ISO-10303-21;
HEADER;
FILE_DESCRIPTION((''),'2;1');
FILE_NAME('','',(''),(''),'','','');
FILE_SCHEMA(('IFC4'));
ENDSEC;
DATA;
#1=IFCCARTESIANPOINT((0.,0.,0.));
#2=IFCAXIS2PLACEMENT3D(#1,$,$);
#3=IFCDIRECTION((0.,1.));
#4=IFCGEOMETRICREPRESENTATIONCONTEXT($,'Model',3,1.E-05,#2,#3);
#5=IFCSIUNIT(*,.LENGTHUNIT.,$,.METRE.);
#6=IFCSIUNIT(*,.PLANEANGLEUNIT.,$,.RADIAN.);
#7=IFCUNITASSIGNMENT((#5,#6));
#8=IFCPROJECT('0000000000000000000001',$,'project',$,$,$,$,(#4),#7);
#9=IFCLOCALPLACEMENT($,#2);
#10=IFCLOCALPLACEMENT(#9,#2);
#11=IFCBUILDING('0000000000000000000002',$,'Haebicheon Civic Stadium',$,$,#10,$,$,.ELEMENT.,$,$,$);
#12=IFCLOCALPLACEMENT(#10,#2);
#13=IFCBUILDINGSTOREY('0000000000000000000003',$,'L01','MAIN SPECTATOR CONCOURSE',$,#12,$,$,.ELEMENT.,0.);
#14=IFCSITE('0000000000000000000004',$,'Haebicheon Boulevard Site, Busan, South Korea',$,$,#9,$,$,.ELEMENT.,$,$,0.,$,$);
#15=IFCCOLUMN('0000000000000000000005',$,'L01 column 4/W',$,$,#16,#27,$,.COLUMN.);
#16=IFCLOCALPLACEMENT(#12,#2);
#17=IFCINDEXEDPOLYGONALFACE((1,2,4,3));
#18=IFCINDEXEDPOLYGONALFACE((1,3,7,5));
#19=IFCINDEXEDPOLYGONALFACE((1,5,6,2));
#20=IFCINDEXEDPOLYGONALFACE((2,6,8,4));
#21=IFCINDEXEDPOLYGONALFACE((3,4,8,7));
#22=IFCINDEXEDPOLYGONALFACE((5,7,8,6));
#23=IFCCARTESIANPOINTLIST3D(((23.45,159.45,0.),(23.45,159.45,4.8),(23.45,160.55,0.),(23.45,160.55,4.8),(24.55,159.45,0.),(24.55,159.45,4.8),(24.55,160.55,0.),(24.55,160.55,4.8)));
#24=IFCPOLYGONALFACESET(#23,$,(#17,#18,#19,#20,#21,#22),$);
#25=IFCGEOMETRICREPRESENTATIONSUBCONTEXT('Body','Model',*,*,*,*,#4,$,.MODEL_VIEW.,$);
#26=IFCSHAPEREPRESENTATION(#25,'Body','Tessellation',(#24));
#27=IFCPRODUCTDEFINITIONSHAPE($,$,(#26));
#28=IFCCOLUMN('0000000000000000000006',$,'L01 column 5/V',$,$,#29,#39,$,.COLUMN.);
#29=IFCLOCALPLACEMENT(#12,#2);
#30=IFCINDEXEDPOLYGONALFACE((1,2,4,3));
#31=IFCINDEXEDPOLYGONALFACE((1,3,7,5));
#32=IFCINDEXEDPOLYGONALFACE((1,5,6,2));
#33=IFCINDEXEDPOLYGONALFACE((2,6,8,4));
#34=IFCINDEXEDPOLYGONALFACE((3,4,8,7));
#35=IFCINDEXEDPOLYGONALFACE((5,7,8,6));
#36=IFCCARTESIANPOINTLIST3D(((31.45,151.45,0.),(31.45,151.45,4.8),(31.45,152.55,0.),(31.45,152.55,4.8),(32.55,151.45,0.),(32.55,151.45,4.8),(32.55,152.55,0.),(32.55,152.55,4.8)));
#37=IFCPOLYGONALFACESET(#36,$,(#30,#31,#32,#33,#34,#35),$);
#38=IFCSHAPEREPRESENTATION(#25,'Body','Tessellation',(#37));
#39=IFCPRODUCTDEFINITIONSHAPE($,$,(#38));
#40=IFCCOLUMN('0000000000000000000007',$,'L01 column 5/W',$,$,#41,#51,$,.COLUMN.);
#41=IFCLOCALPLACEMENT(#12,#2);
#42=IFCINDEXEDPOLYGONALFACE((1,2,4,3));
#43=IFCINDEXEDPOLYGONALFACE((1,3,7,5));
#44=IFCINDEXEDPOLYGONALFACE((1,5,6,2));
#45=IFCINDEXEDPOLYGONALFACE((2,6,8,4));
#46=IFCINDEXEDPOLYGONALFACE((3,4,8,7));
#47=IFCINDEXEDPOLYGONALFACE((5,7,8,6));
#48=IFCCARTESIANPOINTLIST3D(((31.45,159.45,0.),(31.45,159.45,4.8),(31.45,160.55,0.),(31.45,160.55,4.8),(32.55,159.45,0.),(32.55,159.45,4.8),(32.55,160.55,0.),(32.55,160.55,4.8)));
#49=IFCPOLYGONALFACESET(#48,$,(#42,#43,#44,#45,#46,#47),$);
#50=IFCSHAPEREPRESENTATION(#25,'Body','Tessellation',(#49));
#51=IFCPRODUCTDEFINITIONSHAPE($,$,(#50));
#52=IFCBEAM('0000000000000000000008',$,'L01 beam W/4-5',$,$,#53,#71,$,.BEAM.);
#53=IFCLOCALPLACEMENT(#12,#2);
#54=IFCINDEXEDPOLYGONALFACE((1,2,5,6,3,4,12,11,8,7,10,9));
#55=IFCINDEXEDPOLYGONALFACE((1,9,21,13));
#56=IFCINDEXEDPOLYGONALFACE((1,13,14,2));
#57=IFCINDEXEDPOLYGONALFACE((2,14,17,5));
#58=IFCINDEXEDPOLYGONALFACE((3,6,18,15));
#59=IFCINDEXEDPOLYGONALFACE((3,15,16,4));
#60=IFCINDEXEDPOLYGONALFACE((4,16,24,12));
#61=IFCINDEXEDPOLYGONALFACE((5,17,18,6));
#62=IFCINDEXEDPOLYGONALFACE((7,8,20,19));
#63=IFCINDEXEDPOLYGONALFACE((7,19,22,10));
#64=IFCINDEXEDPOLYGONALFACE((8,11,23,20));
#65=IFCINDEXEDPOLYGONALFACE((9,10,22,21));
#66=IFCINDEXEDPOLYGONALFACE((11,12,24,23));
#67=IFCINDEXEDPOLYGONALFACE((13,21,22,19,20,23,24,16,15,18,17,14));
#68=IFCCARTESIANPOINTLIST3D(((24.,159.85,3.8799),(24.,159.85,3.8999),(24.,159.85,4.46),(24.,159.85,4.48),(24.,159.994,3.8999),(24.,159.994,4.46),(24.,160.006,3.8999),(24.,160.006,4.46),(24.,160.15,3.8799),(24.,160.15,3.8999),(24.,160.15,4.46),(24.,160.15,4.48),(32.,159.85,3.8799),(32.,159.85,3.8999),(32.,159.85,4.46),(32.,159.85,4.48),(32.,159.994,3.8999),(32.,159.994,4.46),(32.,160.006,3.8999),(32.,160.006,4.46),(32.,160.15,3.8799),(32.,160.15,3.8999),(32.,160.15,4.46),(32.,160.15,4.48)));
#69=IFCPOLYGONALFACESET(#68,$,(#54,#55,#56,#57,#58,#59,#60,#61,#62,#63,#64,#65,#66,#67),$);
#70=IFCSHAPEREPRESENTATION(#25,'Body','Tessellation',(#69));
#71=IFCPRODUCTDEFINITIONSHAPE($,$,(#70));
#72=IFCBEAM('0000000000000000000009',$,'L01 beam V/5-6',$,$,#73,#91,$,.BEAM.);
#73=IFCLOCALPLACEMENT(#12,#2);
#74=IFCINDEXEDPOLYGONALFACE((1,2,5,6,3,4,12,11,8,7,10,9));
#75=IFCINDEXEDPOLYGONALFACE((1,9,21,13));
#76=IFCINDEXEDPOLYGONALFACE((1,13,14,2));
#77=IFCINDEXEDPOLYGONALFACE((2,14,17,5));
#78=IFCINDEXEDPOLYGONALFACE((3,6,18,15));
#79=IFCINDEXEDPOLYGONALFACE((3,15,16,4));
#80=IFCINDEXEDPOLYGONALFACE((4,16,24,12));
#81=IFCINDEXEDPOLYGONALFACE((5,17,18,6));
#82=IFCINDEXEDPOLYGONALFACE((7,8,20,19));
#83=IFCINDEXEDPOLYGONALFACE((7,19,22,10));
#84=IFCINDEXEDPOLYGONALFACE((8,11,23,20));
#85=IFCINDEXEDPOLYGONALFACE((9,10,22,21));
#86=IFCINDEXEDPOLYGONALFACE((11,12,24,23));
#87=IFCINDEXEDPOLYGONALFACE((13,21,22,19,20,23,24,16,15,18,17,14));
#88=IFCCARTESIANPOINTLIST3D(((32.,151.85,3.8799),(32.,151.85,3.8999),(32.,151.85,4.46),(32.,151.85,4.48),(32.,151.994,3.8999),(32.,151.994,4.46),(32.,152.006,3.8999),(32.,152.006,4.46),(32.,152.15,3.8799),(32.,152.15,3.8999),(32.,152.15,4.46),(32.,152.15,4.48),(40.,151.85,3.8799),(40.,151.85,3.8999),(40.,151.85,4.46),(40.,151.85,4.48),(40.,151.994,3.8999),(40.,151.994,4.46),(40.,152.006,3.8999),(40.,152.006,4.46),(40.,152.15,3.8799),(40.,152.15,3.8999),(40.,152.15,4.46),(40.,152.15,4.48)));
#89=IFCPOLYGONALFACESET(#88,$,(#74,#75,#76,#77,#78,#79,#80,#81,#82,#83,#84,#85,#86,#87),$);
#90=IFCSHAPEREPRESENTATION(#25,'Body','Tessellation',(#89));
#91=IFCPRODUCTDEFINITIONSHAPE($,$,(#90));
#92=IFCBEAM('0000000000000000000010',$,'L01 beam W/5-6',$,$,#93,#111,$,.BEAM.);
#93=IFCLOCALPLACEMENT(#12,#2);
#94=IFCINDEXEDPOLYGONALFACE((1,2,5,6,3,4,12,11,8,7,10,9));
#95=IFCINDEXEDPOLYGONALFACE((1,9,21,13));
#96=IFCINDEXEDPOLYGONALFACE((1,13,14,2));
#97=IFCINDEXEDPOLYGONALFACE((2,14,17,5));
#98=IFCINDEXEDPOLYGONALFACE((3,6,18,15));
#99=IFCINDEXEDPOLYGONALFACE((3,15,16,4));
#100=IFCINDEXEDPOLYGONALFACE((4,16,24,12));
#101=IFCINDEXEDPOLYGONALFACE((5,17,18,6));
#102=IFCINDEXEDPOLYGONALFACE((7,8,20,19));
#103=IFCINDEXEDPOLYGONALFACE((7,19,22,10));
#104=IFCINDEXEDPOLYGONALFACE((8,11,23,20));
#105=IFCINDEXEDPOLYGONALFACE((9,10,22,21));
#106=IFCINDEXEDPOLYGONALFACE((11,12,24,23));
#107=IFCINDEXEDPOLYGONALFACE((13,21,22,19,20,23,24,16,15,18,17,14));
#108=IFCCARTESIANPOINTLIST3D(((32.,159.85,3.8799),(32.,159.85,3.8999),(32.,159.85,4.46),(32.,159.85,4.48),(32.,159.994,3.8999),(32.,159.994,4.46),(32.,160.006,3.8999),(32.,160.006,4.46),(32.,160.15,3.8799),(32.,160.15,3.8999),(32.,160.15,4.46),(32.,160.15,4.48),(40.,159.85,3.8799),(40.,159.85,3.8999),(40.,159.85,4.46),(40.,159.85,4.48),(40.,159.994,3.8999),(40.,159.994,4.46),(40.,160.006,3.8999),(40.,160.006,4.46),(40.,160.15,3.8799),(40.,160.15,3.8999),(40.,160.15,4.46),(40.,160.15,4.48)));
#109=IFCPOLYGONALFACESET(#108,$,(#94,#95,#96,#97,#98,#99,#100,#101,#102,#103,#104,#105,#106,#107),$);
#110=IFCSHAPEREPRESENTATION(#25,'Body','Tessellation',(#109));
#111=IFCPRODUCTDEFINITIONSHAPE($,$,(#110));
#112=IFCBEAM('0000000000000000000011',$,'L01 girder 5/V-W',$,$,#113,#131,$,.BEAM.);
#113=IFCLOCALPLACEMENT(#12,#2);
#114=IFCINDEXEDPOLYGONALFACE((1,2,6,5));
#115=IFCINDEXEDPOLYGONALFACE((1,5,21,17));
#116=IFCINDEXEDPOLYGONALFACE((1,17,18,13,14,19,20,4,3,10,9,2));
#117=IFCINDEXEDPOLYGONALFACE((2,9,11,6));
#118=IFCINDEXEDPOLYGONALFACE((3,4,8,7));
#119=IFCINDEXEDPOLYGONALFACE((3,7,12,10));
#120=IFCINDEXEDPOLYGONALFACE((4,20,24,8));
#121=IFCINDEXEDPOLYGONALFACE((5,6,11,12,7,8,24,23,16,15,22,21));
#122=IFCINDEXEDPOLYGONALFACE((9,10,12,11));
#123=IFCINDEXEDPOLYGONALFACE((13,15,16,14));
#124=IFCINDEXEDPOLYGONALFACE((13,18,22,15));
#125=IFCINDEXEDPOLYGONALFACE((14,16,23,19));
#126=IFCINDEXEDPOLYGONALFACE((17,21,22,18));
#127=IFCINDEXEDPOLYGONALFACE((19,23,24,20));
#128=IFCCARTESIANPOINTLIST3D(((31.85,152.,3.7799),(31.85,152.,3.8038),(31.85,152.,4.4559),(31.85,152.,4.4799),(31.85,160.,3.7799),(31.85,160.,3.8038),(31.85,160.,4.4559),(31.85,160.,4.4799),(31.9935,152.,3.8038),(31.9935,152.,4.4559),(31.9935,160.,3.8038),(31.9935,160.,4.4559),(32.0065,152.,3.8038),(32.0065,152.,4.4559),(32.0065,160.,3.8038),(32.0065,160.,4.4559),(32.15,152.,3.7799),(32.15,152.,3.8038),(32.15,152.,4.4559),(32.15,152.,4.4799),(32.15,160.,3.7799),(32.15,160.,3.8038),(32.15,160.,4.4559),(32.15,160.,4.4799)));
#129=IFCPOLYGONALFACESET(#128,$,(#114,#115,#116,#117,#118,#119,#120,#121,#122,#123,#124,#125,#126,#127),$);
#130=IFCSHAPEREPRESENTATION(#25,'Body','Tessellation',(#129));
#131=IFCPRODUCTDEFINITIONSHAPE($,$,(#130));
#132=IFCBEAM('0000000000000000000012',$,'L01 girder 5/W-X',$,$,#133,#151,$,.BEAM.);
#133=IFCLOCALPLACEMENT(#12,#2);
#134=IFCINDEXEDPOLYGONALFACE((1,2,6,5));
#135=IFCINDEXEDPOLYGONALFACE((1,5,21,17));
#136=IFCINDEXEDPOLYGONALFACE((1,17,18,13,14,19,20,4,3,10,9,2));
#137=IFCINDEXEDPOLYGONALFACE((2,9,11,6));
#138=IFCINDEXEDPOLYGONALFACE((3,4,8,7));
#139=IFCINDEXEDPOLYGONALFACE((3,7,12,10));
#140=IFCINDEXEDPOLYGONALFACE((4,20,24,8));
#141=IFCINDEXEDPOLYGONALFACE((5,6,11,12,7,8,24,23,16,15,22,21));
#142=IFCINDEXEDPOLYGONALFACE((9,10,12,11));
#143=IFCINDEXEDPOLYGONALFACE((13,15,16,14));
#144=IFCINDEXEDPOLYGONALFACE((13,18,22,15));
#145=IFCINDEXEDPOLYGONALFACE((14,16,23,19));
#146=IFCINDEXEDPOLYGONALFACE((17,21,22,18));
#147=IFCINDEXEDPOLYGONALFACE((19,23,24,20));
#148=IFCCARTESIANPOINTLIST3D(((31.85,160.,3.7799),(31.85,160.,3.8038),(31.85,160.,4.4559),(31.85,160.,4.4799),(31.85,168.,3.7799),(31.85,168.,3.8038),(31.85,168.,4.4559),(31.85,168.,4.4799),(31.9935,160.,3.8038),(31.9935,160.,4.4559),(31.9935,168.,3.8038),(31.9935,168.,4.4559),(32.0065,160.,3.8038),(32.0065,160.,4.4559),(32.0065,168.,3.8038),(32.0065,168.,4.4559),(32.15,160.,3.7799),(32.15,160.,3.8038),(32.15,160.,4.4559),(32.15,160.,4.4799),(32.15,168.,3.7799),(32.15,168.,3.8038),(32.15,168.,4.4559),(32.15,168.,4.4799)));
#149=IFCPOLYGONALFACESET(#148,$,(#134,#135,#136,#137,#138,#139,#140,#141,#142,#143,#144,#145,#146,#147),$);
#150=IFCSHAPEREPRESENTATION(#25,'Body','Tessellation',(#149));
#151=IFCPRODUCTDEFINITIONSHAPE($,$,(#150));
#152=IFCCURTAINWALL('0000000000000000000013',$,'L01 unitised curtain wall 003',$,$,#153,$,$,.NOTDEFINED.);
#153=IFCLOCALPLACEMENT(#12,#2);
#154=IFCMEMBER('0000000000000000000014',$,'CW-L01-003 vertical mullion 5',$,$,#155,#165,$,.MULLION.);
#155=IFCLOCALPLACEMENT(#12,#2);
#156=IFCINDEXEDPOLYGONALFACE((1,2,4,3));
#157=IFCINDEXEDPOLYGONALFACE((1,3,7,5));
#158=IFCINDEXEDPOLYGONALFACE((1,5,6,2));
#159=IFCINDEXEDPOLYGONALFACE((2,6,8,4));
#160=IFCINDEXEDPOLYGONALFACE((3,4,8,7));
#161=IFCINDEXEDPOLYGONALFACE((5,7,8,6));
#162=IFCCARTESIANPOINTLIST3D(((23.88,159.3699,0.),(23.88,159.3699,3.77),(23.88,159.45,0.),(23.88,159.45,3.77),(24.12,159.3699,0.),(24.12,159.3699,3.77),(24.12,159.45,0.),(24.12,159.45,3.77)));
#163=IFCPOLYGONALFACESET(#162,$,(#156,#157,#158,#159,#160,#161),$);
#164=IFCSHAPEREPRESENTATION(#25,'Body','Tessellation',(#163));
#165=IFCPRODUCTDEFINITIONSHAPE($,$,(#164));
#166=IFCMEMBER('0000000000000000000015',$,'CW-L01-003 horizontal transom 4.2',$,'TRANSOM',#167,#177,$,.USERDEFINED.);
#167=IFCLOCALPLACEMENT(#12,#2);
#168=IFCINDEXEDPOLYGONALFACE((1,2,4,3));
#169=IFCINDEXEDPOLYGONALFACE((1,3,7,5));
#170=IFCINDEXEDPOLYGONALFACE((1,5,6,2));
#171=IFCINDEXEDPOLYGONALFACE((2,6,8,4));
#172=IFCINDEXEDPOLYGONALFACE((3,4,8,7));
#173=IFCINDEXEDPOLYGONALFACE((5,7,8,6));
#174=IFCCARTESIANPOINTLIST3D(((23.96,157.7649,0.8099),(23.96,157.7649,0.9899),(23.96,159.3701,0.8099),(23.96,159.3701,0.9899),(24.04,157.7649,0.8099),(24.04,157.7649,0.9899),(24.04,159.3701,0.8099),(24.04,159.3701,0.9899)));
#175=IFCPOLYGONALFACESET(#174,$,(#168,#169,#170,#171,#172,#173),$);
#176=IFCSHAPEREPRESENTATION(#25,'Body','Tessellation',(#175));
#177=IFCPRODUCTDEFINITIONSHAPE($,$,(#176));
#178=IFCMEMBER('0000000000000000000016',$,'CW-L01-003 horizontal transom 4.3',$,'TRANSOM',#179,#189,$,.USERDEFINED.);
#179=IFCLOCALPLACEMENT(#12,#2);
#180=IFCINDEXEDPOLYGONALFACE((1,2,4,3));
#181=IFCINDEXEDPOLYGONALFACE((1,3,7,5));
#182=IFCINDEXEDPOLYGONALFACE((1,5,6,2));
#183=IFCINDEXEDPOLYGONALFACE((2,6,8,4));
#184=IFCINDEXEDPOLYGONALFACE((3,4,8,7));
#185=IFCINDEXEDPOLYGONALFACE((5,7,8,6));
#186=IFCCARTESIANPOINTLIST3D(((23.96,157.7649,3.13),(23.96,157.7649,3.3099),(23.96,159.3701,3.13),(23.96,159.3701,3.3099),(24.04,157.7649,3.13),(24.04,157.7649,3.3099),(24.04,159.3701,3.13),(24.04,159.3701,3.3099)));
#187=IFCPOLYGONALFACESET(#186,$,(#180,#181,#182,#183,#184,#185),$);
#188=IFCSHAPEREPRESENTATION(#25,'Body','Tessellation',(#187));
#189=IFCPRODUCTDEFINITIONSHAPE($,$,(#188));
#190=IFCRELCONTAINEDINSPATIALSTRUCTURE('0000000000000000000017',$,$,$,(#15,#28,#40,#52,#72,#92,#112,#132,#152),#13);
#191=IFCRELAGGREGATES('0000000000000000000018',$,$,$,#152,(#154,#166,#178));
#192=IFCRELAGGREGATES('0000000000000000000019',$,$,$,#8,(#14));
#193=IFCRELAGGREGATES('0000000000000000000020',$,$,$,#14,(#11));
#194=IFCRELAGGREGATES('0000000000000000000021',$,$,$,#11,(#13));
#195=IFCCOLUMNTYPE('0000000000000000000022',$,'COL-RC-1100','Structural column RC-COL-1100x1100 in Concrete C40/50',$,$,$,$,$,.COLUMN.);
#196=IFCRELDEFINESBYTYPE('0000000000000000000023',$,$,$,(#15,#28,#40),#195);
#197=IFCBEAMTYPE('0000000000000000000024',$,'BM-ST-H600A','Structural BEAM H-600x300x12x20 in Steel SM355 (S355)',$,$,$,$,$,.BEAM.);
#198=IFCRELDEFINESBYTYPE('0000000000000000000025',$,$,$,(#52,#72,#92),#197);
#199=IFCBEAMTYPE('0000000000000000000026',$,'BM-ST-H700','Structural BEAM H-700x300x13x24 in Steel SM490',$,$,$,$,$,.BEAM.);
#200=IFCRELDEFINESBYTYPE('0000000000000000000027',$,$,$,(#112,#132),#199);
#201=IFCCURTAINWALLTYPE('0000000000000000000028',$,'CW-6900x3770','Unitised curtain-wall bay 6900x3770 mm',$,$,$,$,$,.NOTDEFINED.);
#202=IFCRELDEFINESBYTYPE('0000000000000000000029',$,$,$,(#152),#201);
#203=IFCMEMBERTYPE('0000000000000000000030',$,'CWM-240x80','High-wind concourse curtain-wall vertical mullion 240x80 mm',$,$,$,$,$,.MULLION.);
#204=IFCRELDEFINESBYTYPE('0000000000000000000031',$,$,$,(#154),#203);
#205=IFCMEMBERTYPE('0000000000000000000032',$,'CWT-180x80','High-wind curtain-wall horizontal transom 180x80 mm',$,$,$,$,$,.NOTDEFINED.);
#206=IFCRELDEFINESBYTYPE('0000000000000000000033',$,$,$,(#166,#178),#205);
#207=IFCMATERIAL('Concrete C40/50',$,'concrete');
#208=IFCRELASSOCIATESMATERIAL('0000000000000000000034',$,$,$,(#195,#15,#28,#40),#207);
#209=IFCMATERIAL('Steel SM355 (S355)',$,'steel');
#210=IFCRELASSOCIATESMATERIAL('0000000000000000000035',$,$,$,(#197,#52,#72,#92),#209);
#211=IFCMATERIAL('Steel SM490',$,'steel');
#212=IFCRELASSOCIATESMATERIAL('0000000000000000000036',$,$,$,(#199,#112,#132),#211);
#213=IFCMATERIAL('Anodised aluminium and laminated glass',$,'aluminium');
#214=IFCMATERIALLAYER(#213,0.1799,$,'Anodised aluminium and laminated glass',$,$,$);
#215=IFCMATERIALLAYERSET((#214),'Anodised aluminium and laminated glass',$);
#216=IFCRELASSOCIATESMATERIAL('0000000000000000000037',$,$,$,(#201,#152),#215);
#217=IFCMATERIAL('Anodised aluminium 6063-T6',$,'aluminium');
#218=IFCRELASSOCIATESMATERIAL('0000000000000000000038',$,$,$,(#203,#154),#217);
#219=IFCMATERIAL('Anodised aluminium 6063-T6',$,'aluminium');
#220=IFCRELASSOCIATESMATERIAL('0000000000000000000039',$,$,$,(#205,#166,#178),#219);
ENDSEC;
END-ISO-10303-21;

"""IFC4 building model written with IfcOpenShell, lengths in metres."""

from ifc_helpers import new_model, si_unit, direction, frame, origin, origin_2d, place, context, subcontext, project, spatial, rectangle, i_section, extrude, material, layer, layer_set, material_profile, profile_set, type_object, element, aggregate, save


model = new_model("IFC4")

# Units and contexts
model_context = context("Model", 3, precision=1e-05, world=origin(), true_north=direction((0.0, 1.0)))
body_context = subcontext(model_context, "Body", "Model", "MODEL_VIEW")
ifc_project = project(units=[si_unit("LENGTHUNIT", "METRE"), si_unit("PLANEANGLEUNIT", "RADIAN")], contexts=[model_context])

# Site, building, storey
site_placement = place(None, origin())
site = spatial("IfcSite", under=ifc_project, at=site_placement, Name="Haebicheon Boulevard Site, Busan, South Korea", CompositionType="ELEMENT", RefElevation=0.0)
building_placement = place(site_placement, origin())
building = spatial("IfcBuilding", under=site, at=building_placement, Name="Haebicheon Civic Stadium", CompositionType="ELEMENT")
storey_placement = place(building_placement, origin())
storey = spatial("IfcBuildingStorey", under=building, at=storey_placement, Name="L01", Description="MAIN SPECTATOR CONCOURSE", CompositionType="ELEMENT", Elevation=0.0)

# Columns
ifc_material_1 = material(Name="Concrete C40/50", Category="concrete")
ifc_material_profile_1 = material_profile(ifc_material_1, rectangle(XDim=1.1001, YDim=1.1001, at=origin_2d()), Name="RC-COL-1100x1100")
ifc_profile_set_1 = profile_set([ifc_material_profile_1], Name="Concrete C40/50")
column_type = type_object("IfcColumnType", Name="COL-RC-1100", Description="Structural column RC-COL-1100x1100 in Concrete C40/50", PredefinedType="COLUMN", material=ifc_profile_set_1)
for number, where, z_axis, x_axis, name in (
    (1, (24.0, 160.0, 0.0), (0.0, 0.0, 1.0), (1.0, 0.0, 0.0), "L01 column 4/W"),
    (2, (32.0, 152.0, 0.0), (0.0, 0.0, 1.0), (1.0, 0.0, 0.0), "L01 column 5/V"),
    (3, (32.0, 160.0, 0.0), (0.0, 0.0, 1.0), (1.0, 0.0, 0.0), "L01 column 5/W"),
):
    element("IfcColumn", number, at=place(storey_placement, frame(where, z_axis=z_axis, x_axis=x_axis)), inside=storey, type_object=column_type, material=ifc_profile_set_1, Name=name, PredefinedType="COLUMN", context=body_context, shape_type="SweptSolid", body=[
        extrude(rectangle(XDim=1.1001, YDim=1.1001, at=origin_2d()), origin(), (0.0, 0.0, 1.0), 4.8),
    ])

# Beams
ifc_material_2 = material(Name="Steel SM355 (S355)", Category="steel")
ifc_material_profile_2 = material_profile(ifc_material_2, i_section(OverallWidth=0.3, OverallDepth=0.6001, WebThickness=0.012, FlangeThickness=0.02, at=origin_2d()), Name="H-600x300x12x20")
ifc_profile_set_2 = profile_set([ifc_material_profile_2], Name="Steel SM355 (S355)")
beam_type_1 = type_object("IfcBeamType", Name="BM-ST-H600A", Description="Structural BEAM H-600x300x12x20 in Steel SM355 (S355)", PredefinedType="BEAM", material=ifc_profile_set_2)
for number, where, z_axis, x_axis, name in (
    (4, (24.0, 160.0, 4.1799), (1.0, 0.0, 0.0), (0.0, 1.0, 0.0), "L01 beam W/4-5"),
    (5, (32.0, 152.0, 4.1799), (1.0, 0.0, 0.0), (0.0, 1.0, 0.0), "L01 beam V/5-6"),
    (6, (32.0, 160.0, 4.1799), (1.0, 0.0, 0.0), (0.0, 1.0, 0.0), "L01 beam W/5-6"),
):
    element("IfcBeam", number, at=place(storey_placement, frame(where, z_axis=z_axis, x_axis=x_axis)), inside=storey, type_object=beam_type_1, material=ifc_profile_set_2, Name=name, PredefinedType="BEAM", context=body_context, shape_type="SweptSolid", body=[
        extrude(i_section(OverallWidth=0.3, OverallDepth=0.6001, WebThickness=0.012, FlangeThickness=0.02, at=origin_2d()), origin(), (0.0, 0.0, 1.0), 8.0),
    ])
ifc_material_3 = material(Name="Steel SM490", Category="steel")
ifc_material_profile_3 = material_profile(ifc_material_3, i_section(OverallWidth=0.3, OverallDepth=0.7, WebThickness=0.0129, FlangeThickness=0.0239, at=origin_2d()), Name="H-700x300x13x24")
ifc_profile_set_3 = profile_set([ifc_material_profile_3], Name="Steel SM490")
beam_type_2 = type_object("IfcBeamType", Name="BM-ST-H700", Description="Structural BEAM H-700x300x13x24 in Steel SM490", PredefinedType="BEAM", material=ifc_profile_set_3)
for number, where, z_axis, x_axis, name in (
    (7, (32.0, 152.0, 4.1299), (0.0, 1.0, 0.0), (-1.0, 0.0, 0.0), "L01 girder 5/V-W"),
    (8, (32.0, 160.0, 4.1299), (0.0, 1.0, 0.0), (-1.0, 0.0, 0.0), "L01 girder 5/W-X"),
):
    element("IfcBeam", number, at=place(storey_placement, frame(where, z_axis=z_axis, x_axis=x_axis)), inside=storey, type_object=beam_type_2, material=ifc_profile_set_3, Name=name, PredefinedType="BEAM", context=body_context, shape_type="SweptSolid", body=[
        extrude(i_section(OverallWidth=0.3, OverallDepth=0.7, WebThickness=0.0129, FlangeThickness=0.0239, at=origin_2d()), origin(), (0.0, 0.0, 1.0), 8.0),
    ])

# Curtain wall, members
ifc_material_4 = material(Name="Anodised aluminium and laminated glass", Category="aluminium")
ifc_layer_1 = layer(ifc_material_4, 0.1799, Name="Anodised aluminium and laminated glass")
ifc_layer_set_1 = layer_set([ifc_layer_1], Name="Anodised aluminium and laminated glass")
curtain_wall_type = type_object("IfcCurtainWallType", Name="CW-6900x3770", Description="Unitised curtain-wall bay 6900x3770 mm", PredefinedType="NOTDEFINED", material=ifc_layer_set_1)
curtain_wall_placement = place(storey_placement, origin())
curtain_wall = element("IfcCurtainWall", 9, at=curtain_wall_placement, inside=storey, type_object=curtain_wall_type, material=ifc_layer_set_1, Name="L01 unitised curtain wall 003", PredefinedType="NOTDEFINED")
ifc_material_5 = material(Name="Anodised aluminium 6063-T6", Category="aluminium")
ifc_material_profile_4 = material_profile(ifc_material_5, rectangle(XDim=0.0801, YDim=0.24, at=origin_2d()), Name="ALU-MULL-80x240")
ifc_profile_set_4 = profile_set([ifc_material_profile_4], Name="Anodised aluminium 6063-T6")
member_type_1 = type_object("IfcMemberType", Name="CWM-240x80", Description="High-wind concourse curtain-wall vertical mullion 240x80 mm", PredefinedType="MULLION", material=ifc_profile_set_4)
member_1_placement = place(storey_placement, frame((24.0, 159.4099, 0.0), z_axis=(0.0, 0.0, 1.0), x_axis=(0.0, 1.0, 0.0)))
member_1 = element("IfcMember", 10, at=member_1_placement, type_object=member_type_1, material=ifc_profile_set_4, Name="CW-L01-003 vertical mullion 5", PredefinedType="MULLION", context=body_context, shape_type="SweptSolid", body=[
    extrude(rectangle(XDim=0.0801, YDim=0.24, at=origin_2d()), origin(), (0.0, 0.0, 1.0), 3.77),
])
ifc_material_6 = material(Name="Anodised aluminium 6063-T6", Category="aluminium")
ifc_material_profile_5 = material_profile(ifc_material_6, rectangle(XDim=0.0801, YDim=0.1799, at=origin_2d()), Name="ALU-TRAN-80x180")
ifc_profile_set_5 = profile_set([ifc_material_profile_5], Name="Anodised aluminium 6063-T6")
member_type_2 = type_object("IfcMemberType", Name="CWT-180x80", Description="High-wind curtain-wall horizontal transom 180x80 mm", PredefinedType="NOTDEFINED", material=ifc_profile_set_5)
member_2_placement = place(storey_placement, frame((24.0, 157.7649, 0.8999), z_axis=(0.0, 1.0, 0.0), x_axis=(-1.0, 0.0, 0.0)))
member_2 = element("IfcMember", 11, at=member_2_placement, type_object=member_type_2, material=ifc_profile_set_5, Name="CW-L01-003 horizontal transom 4.2", ObjectType="TRANSOM", PredefinedType="USERDEFINED", context=body_context, shape_type="SweptSolid", body=[
    extrude(rectangle(XDim=0.0801, YDim=0.1799, at=origin_2d()), origin(), (0.0, 0.0, 1.0), 1.6052),
])
member_3_placement = place(storey_placement, frame((24.0, 157.7649, 3.22), z_axis=(0.0, 1.0, 0.0), x_axis=(-1.0, 0.0, 0.0)))
member_3 = element("IfcMember", 12, at=member_3_placement, type_object=member_type_2, material=ifc_profile_set_5, Name="CW-L01-003 horizontal transom 4.3", ObjectType="TRANSOM", PredefinedType="USERDEFINED", context=body_context, shape_type="SweptSolid", body=[
    extrude(rectangle(XDim=0.0801, YDim=0.1799, at=origin_2d()), origin(), (0.0, 0.0, 1.0), 1.6052),
])

aggregate(curtain_wall, [member_1, member_2, member_3])

save(model, "model.ifc")
